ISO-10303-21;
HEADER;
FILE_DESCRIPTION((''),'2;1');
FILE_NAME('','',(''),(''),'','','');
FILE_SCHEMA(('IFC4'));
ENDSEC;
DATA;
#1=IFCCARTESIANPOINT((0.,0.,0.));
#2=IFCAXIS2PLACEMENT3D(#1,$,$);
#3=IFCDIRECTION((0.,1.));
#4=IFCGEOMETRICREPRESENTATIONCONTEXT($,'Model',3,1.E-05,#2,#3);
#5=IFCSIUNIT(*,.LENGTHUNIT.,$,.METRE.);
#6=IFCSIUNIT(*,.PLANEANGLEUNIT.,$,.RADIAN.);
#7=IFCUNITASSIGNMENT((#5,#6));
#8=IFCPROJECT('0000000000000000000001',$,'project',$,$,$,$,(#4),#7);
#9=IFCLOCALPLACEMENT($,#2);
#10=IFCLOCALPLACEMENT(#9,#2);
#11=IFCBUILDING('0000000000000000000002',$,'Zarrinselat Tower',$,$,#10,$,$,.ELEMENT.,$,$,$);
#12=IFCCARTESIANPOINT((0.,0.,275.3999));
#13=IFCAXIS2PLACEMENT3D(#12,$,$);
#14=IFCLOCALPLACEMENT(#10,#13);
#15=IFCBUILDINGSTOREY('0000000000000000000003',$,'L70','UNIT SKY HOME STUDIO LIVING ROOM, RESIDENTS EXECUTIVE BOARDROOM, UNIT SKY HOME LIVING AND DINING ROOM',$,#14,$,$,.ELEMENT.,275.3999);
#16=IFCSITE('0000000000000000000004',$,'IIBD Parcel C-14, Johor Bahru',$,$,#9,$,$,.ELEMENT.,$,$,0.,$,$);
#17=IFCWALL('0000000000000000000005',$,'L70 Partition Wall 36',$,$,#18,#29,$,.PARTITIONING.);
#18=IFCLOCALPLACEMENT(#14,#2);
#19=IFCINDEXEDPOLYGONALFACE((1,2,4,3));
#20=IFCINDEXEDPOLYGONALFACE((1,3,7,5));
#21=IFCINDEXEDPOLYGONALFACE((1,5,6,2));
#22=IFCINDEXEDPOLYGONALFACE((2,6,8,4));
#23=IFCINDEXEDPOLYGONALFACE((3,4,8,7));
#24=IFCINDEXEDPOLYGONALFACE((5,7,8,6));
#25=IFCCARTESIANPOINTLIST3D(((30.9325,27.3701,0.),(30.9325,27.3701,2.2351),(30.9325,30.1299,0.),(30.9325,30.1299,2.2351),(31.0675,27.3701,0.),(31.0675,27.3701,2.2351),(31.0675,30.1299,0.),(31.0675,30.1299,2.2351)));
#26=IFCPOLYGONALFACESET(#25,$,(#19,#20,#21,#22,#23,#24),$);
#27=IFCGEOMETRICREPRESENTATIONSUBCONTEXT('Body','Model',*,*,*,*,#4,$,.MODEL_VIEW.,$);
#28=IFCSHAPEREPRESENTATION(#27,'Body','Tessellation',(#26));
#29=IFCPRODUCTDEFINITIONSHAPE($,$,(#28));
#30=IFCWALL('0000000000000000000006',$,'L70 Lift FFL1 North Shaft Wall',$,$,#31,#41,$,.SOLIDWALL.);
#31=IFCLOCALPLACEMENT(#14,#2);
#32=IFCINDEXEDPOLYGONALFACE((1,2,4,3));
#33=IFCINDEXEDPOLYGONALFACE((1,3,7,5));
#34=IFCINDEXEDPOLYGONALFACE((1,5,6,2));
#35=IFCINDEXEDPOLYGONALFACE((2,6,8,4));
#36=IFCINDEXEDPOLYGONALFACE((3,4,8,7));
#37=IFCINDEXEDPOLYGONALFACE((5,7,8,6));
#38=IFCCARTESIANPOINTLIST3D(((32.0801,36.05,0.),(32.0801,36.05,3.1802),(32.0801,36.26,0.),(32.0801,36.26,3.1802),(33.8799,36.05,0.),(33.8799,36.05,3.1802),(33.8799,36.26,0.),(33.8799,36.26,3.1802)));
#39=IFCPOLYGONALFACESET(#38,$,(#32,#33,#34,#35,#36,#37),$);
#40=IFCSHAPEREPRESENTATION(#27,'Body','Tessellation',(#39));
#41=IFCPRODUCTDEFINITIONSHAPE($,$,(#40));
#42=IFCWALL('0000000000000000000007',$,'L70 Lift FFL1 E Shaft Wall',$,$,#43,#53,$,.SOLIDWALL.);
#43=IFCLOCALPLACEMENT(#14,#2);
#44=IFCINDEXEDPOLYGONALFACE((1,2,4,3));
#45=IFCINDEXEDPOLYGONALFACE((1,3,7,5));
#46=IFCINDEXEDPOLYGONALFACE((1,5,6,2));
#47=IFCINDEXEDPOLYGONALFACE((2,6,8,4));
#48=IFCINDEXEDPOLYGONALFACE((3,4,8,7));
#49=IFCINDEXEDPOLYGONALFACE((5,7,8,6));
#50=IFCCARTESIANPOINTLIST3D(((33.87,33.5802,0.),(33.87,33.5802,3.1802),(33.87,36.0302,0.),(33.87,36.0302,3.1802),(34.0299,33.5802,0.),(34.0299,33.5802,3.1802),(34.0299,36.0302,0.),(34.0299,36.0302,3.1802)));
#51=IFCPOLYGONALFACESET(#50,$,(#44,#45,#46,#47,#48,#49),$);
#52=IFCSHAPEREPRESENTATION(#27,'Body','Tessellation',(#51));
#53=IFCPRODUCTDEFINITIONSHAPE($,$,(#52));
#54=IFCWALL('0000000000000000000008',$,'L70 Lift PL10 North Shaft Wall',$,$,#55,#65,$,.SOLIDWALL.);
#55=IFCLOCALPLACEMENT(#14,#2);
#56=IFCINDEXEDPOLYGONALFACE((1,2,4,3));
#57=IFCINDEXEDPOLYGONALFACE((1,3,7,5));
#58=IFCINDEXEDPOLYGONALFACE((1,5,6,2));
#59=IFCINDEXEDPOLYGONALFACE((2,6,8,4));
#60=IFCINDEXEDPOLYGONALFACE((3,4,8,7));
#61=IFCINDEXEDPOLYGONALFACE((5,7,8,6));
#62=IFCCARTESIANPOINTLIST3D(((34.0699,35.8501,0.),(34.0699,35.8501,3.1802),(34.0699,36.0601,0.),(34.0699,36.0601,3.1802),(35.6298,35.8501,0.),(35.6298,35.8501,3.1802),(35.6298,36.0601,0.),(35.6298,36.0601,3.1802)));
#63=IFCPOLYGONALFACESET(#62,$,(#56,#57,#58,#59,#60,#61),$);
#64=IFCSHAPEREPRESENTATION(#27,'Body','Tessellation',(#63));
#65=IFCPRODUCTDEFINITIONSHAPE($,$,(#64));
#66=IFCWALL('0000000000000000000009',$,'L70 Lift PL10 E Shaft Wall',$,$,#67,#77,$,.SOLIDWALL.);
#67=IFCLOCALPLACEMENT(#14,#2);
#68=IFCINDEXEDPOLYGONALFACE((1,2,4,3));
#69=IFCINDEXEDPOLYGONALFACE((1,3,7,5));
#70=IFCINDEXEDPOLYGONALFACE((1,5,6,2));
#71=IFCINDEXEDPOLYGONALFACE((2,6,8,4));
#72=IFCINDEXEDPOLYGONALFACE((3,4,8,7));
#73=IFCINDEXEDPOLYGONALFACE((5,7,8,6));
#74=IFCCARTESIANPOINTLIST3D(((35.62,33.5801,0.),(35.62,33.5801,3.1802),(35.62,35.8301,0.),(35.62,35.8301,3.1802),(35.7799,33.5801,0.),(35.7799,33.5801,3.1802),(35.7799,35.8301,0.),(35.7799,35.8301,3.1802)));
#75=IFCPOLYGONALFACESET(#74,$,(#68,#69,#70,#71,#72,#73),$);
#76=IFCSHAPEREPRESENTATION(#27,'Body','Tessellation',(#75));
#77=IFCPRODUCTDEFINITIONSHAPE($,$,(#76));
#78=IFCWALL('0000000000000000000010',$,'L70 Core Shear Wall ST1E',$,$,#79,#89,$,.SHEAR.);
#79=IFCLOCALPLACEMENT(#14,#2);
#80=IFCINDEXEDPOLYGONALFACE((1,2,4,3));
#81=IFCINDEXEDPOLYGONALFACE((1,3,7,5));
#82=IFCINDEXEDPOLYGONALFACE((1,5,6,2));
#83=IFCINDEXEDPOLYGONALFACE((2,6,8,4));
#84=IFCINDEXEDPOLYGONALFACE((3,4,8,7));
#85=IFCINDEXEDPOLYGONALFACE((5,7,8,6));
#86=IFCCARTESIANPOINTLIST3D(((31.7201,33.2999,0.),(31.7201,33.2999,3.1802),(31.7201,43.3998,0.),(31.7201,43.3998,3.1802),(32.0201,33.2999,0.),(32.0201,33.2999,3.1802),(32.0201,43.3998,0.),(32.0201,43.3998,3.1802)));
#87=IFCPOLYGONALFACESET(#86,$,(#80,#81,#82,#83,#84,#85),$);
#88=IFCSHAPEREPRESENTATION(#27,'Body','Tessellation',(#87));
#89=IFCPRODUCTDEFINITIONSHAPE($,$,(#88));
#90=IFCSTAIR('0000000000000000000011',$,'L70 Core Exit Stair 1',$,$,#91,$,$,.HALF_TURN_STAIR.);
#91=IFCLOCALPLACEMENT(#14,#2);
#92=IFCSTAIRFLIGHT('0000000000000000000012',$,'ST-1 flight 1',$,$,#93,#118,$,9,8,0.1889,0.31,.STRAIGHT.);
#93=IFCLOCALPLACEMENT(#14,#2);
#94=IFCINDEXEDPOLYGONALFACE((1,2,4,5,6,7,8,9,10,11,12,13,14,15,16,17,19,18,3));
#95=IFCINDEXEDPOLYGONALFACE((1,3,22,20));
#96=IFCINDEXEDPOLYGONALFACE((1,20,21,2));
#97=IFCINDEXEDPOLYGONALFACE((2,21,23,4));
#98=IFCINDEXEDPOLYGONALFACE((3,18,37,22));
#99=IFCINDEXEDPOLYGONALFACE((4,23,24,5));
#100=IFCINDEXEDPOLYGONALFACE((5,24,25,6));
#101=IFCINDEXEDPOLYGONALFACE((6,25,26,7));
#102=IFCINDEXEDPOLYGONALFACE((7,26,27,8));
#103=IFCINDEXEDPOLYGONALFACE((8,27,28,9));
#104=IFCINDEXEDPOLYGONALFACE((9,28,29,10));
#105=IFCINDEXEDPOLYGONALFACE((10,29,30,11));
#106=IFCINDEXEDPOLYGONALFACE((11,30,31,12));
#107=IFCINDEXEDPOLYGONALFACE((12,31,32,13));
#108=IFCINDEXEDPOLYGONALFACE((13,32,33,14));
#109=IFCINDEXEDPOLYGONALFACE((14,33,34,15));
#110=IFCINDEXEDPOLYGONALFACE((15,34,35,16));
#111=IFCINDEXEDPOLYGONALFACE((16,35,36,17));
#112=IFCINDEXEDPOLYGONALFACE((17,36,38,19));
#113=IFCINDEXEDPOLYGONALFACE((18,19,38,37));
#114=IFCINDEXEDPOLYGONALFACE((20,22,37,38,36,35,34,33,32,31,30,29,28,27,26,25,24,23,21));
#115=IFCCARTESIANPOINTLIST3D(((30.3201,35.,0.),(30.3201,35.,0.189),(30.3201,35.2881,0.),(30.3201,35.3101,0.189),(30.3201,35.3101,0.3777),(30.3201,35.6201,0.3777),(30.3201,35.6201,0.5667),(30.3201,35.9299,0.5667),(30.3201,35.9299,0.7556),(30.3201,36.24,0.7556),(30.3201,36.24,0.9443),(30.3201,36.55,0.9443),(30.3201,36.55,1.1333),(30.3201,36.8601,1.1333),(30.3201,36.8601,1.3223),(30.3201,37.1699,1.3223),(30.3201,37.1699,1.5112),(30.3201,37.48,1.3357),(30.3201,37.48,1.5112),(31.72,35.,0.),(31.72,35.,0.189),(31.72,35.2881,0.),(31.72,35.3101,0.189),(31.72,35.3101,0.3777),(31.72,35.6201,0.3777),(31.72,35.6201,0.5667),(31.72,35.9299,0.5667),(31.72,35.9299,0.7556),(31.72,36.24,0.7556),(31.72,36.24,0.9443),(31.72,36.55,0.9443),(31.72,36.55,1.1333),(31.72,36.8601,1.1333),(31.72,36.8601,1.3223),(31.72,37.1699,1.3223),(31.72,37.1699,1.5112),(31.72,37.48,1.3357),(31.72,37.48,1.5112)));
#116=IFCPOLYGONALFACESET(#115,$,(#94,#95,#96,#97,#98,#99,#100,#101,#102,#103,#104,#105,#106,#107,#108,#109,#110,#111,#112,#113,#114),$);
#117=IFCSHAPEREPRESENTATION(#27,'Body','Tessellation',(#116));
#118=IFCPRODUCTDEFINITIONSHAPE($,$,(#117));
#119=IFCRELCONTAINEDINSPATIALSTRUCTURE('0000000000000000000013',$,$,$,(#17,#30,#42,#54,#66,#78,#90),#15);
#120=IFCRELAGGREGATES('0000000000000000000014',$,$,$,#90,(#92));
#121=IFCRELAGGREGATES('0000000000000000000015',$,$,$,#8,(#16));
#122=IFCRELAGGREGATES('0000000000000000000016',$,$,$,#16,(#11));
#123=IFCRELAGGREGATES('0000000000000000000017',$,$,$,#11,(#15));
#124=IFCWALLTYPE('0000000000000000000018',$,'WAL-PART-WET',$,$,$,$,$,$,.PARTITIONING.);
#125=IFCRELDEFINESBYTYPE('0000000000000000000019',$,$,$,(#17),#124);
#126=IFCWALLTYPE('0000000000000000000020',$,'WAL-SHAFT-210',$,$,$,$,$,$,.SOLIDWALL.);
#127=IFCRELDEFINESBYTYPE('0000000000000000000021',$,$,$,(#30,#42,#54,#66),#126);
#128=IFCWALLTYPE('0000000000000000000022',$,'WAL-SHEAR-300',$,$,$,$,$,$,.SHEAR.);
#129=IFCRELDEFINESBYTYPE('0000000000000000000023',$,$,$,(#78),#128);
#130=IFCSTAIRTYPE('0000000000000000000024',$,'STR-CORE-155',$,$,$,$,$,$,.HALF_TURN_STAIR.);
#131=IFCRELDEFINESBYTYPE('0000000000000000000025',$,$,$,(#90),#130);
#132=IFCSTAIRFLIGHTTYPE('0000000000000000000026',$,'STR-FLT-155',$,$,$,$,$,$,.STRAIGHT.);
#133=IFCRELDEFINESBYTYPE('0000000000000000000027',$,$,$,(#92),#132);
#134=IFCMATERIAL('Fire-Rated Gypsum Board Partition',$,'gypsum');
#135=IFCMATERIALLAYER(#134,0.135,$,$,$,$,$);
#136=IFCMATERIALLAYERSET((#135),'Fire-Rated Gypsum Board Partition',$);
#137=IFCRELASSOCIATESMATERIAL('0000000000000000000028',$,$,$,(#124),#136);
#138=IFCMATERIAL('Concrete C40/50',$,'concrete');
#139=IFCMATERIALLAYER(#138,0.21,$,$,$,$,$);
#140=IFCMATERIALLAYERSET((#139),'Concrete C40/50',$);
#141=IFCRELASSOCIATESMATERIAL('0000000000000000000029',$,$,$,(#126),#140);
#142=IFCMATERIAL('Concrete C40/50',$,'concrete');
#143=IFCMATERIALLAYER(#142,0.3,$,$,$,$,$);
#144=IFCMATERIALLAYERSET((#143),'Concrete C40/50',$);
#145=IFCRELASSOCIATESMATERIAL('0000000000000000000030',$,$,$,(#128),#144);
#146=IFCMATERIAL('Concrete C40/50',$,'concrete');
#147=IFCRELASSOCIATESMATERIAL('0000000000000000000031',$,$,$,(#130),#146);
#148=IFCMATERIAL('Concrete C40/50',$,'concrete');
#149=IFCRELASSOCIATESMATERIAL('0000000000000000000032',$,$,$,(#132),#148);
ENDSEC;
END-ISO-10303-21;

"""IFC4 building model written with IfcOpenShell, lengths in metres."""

from ifc_helpers import new_model, si_unit, direction, frame, frame_2d, origin, place, context, subcontext, project, spatial, polyline, rectangle, outline, extrude, material, layer, layer_set, type_object, element, aggregate, save


model = new_model("IFC4")

# Units and contexts
model_context = context("Model", 3, precision=1e-05, world=origin(), true_north=direction((0.0, 1.0)))
body_context = subcontext(model_context, "Body", "Model", "MODEL_VIEW")
ifc_project = project(units=[si_unit("LENGTHUNIT", "METRE"), si_unit("PLANEANGLEUNIT", "RADIAN")], contexts=[model_context])

# Site, building, storey
site_placement = place(None, origin())
site = spatial("IfcSite", under=ifc_project, at=site_placement, Name="IIBD Parcel C-14, Johor Bahru", CompositionType="ELEMENT", RefElevation=0.0)
building_placement = place(site_placement, origin())
building = spatial("IfcBuilding", under=site, at=building_placement, Name="Zarrinselat Tower", CompositionType="ELEMENT")
storey_placement = place(building_placement, frame((0.0, 0.0, 275.3999)))
storey = spatial("IfcBuildingStorey", under=building, at=storey_placement, Name="L70", Description="UNIT SKY HOME STUDIO LIVING ROOM, RESIDENTS EXECUTIVE BOARDROOM, UNIT SKY HOME LIVING AND DINING ROOM", CompositionType="ELEMENT", Elevation=275.3999)

# Shared definitions
ifc_material_1 = material(Name="Fire-Rated Gypsum Board Partition", Category="gypsum")
ifc_layer_1 = layer(ifc_material_1, 0.135)
ifc_layer_set_1 = layer_set([ifc_layer_1], Name="Fire-Rated Gypsum Board Partition")
wall_type_1 = type_object("IfcWallType", Name="WAL-PART-WET", PredefinedType="PARTITIONING", material=ifc_layer_set_1)

# Walls
wall_1_placement = place(storey_placement, frame((31.0, 27.3701, 0.0), z_axis=(0.0, 0.0, 1.0), x_axis=(0.0, 1.0, 0.0)))
element("IfcWall", 1, at=wall_1_placement, inside=storey, type_object=wall_type_1, Name="L70 Partition Wall 36", PredefinedType="PARTITIONING", context=body_context, shape_type="SweptSolid", body=[
    extrude(rectangle(XDim=2.7598, YDim=0.135, at=frame_2d((1.3799, 0.0))), origin(), (0.0, 0.0, 1.0), 2.2351),
])
ifc_material_2 = material(Name="Concrete C40/50", Category="concrete")
ifc_layer_2 = layer(ifc_material_2, 0.21)
ifc_layer_set_2 = layer_set([ifc_layer_2], Name="Concrete C40/50")
wall_type_2 = type_object("IfcWallType", Name="WAL-SHAFT-210", PredefinedType="SOLIDWALL", material=ifc_layer_set_2)
wall_2_placement = place(storey_placement, frame((32.0801, 36.155, 0.0), z_axis=(0.0, 0.0, 1.0), x_axis=(1.0, 0.0, 0.0)))
element("IfcWall", 2, at=wall_2_placement, inside=storey, type_object=wall_type_2, Name="L70 Lift FFL1 North Shaft Wall", PredefinedType="SOLIDWALL", context=body_context, shape_type="SweptSolid", body=[
    extrude(rectangle(XDim=1.7998, YDim=0.21, at=frame_2d((0.8999, 0.0))), origin(), (0.0, 0.0, 1.0), 3.1802),
])
wall_3_placement = place(storey_placement, frame((33.95, 33.5801, 0.0), z_axis=(0.0, 0.0, 1.0), x_axis=(0.0, 1.0, 0.0)))
element("IfcWall", 3, at=wall_3_placement, inside=storey, type_object=wall_type_2, Name="L70 Lift FFL1 E Shaft Wall", PredefinedType="SOLIDWALL", context=body_context, shape_type="SweptSolid", body=[
    extrude(rectangle(XDim=2.45, YDim=0.1599, at=frame_2d((1.2251, 0.0))), origin(), (0.0, 0.0, 1.0), 3.1802),
])
wall_4_placement = place(storey_placement, frame((34.0701, 35.9551, 0.0), z_axis=(0.0, 0.0, 1.0), x_axis=(1.0, 0.0, 0.0)))
element("IfcWall", 4, at=wall_4_placement, inside=storey, type_object=wall_type_2, Name="L70 Lift PL10 North Shaft Wall", PredefinedType="SOLIDWALL", context=body_context, shape_type="SweptSolid", body=[
    extrude(rectangle(XDim=1.5598, YDim=0.21, at=frame_2d((0.7798, 0.0))), origin(), (0.0, 0.0, 1.0), 3.1802),
])
wall_5_placement = place(storey_placement, frame((35.7, 33.5801, 0.0), z_axis=(0.0, 0.0, 1.0), x_axis=(0.0, 1.0, 0.0)))
element("IfcWall", 5, at=wall_5_placement, inside=storey, type_object=wall_type_2, Name="L70 Lift PL10 E Shaft Wall", PredefinedType="SOLIDWALL", context=body_context, shape_type="SweptSolid", body=[
    extrude(rectangle(XDim=2.25, YDim=0.1599, at=frame_2d((1.125, 0.0))), origin(), (0.0, 0.0, 1.0), 3.1802),
])
ifc_material_3 = material(Name="Concrete C40/50", Category="concrete")
ifc_layer_3 = layer(ifc_material_3, 0.3)
ifc_layer_set_3 = layer_set([ifc_layer_3], Name="Concrete C40/50")
wall_type_3 = type_object("IfcWallType", Name="WAL-SHEAR-300", PredefinedType="SHEAR", material=ifc_layer_set_3)
wall_6_placement = place(storey_placement, frame((31.8701, 33.3, 0.0), z_axis=(0.0, 0.0, 1.0), x_axis=(0.0, 1.0, 0.0)))
element("IfcWall", 6, at=wall_6_placement, inside=storey, type_object=wall_type_3, Name="L70 Core Shear Wall ST1E", PredefinedType="SHEAR", context=body_context, shape_type="SweptSolid", body=[
    extrude(rectangle(XDim=10.0999, YDim=0.3, at=frame_2d((5.0498, 0.0))), origin(), (0.0, 0.0, 1.0), 3.1802),
])

# Stair, stair flight
ifc_material_4 = material(Name="Concrete C40/50", Category="concrete")
stair_type = type_object("IfcStairType", Name="STR-CORE-155", PredefinedType="HALF_TURN_STAIR", material=ifc_material_4)
stair_placement = place(storey_placement, origin())
stair = element("IfcStair", 7, at=stair_placement, inside=storey, type_object=stair_type, Name="L70 Core Exit Stair 1", PredefinedType="HALF_TURN_STAIR")
ifc_material_5 = material(Name="Concrete C40/50", Category="concrete")
stair_flight_type = type_object("IfcStairFlightType", Name="STR-FLT-155", PredefinedType="STRAIGHT", material=ifc_material_5)
stair_flight_placement = place(storey_placement, frame((31.02, 35.0, 0.0), z_axis=(0.0, 0.0, 1.0), x_axis=(0.0, 1.0, 0.0)))
stair_flight = element("IfcStairFlight", 8, at=stair_flight_placement, type_object=stair_flight_type, Name="ST-1 flight 1", NumberOfRisers=9, NumberOfTreads=8, PredefinedType="STRAIGHT", RiserHeight=0.1889, TreadLength=0.31, context=body_context, shape_type="SweptSolid", body=[
    extrude(outline(polyline([(0.0, 0.0), (0.0, 0.189), (0.3101, 0.189), (0.3101, 0.3777), (0.6201, 0.3777), (0.6201, 0.5667), (0.9299, 0.5667), (0.9299, 0.7556), (1.24, 0.7556), (1.24, 0.9443), (1.55, 0.9443), (1.55, 1.1333), (1.8601, 1.1333), (1.8601, 1.3223), (2.1699, 1.3223), (2.1699, 1.5112), (2.48, 1.5112), (2.48, 1.7), (2.48, 1.3357), (0.2881, 0.0), (0.0, 0.0)])), frame((0.0, 0.7, 0.0), z_axis=(0.0, -1.0, 0.0), x_axis=(1.0, 0.0, 0.0)), (0.0, 0.0, 1.0), 1.3999),
])
aggregate(stair, [stair_flight])

save(model, "model.ifc")
